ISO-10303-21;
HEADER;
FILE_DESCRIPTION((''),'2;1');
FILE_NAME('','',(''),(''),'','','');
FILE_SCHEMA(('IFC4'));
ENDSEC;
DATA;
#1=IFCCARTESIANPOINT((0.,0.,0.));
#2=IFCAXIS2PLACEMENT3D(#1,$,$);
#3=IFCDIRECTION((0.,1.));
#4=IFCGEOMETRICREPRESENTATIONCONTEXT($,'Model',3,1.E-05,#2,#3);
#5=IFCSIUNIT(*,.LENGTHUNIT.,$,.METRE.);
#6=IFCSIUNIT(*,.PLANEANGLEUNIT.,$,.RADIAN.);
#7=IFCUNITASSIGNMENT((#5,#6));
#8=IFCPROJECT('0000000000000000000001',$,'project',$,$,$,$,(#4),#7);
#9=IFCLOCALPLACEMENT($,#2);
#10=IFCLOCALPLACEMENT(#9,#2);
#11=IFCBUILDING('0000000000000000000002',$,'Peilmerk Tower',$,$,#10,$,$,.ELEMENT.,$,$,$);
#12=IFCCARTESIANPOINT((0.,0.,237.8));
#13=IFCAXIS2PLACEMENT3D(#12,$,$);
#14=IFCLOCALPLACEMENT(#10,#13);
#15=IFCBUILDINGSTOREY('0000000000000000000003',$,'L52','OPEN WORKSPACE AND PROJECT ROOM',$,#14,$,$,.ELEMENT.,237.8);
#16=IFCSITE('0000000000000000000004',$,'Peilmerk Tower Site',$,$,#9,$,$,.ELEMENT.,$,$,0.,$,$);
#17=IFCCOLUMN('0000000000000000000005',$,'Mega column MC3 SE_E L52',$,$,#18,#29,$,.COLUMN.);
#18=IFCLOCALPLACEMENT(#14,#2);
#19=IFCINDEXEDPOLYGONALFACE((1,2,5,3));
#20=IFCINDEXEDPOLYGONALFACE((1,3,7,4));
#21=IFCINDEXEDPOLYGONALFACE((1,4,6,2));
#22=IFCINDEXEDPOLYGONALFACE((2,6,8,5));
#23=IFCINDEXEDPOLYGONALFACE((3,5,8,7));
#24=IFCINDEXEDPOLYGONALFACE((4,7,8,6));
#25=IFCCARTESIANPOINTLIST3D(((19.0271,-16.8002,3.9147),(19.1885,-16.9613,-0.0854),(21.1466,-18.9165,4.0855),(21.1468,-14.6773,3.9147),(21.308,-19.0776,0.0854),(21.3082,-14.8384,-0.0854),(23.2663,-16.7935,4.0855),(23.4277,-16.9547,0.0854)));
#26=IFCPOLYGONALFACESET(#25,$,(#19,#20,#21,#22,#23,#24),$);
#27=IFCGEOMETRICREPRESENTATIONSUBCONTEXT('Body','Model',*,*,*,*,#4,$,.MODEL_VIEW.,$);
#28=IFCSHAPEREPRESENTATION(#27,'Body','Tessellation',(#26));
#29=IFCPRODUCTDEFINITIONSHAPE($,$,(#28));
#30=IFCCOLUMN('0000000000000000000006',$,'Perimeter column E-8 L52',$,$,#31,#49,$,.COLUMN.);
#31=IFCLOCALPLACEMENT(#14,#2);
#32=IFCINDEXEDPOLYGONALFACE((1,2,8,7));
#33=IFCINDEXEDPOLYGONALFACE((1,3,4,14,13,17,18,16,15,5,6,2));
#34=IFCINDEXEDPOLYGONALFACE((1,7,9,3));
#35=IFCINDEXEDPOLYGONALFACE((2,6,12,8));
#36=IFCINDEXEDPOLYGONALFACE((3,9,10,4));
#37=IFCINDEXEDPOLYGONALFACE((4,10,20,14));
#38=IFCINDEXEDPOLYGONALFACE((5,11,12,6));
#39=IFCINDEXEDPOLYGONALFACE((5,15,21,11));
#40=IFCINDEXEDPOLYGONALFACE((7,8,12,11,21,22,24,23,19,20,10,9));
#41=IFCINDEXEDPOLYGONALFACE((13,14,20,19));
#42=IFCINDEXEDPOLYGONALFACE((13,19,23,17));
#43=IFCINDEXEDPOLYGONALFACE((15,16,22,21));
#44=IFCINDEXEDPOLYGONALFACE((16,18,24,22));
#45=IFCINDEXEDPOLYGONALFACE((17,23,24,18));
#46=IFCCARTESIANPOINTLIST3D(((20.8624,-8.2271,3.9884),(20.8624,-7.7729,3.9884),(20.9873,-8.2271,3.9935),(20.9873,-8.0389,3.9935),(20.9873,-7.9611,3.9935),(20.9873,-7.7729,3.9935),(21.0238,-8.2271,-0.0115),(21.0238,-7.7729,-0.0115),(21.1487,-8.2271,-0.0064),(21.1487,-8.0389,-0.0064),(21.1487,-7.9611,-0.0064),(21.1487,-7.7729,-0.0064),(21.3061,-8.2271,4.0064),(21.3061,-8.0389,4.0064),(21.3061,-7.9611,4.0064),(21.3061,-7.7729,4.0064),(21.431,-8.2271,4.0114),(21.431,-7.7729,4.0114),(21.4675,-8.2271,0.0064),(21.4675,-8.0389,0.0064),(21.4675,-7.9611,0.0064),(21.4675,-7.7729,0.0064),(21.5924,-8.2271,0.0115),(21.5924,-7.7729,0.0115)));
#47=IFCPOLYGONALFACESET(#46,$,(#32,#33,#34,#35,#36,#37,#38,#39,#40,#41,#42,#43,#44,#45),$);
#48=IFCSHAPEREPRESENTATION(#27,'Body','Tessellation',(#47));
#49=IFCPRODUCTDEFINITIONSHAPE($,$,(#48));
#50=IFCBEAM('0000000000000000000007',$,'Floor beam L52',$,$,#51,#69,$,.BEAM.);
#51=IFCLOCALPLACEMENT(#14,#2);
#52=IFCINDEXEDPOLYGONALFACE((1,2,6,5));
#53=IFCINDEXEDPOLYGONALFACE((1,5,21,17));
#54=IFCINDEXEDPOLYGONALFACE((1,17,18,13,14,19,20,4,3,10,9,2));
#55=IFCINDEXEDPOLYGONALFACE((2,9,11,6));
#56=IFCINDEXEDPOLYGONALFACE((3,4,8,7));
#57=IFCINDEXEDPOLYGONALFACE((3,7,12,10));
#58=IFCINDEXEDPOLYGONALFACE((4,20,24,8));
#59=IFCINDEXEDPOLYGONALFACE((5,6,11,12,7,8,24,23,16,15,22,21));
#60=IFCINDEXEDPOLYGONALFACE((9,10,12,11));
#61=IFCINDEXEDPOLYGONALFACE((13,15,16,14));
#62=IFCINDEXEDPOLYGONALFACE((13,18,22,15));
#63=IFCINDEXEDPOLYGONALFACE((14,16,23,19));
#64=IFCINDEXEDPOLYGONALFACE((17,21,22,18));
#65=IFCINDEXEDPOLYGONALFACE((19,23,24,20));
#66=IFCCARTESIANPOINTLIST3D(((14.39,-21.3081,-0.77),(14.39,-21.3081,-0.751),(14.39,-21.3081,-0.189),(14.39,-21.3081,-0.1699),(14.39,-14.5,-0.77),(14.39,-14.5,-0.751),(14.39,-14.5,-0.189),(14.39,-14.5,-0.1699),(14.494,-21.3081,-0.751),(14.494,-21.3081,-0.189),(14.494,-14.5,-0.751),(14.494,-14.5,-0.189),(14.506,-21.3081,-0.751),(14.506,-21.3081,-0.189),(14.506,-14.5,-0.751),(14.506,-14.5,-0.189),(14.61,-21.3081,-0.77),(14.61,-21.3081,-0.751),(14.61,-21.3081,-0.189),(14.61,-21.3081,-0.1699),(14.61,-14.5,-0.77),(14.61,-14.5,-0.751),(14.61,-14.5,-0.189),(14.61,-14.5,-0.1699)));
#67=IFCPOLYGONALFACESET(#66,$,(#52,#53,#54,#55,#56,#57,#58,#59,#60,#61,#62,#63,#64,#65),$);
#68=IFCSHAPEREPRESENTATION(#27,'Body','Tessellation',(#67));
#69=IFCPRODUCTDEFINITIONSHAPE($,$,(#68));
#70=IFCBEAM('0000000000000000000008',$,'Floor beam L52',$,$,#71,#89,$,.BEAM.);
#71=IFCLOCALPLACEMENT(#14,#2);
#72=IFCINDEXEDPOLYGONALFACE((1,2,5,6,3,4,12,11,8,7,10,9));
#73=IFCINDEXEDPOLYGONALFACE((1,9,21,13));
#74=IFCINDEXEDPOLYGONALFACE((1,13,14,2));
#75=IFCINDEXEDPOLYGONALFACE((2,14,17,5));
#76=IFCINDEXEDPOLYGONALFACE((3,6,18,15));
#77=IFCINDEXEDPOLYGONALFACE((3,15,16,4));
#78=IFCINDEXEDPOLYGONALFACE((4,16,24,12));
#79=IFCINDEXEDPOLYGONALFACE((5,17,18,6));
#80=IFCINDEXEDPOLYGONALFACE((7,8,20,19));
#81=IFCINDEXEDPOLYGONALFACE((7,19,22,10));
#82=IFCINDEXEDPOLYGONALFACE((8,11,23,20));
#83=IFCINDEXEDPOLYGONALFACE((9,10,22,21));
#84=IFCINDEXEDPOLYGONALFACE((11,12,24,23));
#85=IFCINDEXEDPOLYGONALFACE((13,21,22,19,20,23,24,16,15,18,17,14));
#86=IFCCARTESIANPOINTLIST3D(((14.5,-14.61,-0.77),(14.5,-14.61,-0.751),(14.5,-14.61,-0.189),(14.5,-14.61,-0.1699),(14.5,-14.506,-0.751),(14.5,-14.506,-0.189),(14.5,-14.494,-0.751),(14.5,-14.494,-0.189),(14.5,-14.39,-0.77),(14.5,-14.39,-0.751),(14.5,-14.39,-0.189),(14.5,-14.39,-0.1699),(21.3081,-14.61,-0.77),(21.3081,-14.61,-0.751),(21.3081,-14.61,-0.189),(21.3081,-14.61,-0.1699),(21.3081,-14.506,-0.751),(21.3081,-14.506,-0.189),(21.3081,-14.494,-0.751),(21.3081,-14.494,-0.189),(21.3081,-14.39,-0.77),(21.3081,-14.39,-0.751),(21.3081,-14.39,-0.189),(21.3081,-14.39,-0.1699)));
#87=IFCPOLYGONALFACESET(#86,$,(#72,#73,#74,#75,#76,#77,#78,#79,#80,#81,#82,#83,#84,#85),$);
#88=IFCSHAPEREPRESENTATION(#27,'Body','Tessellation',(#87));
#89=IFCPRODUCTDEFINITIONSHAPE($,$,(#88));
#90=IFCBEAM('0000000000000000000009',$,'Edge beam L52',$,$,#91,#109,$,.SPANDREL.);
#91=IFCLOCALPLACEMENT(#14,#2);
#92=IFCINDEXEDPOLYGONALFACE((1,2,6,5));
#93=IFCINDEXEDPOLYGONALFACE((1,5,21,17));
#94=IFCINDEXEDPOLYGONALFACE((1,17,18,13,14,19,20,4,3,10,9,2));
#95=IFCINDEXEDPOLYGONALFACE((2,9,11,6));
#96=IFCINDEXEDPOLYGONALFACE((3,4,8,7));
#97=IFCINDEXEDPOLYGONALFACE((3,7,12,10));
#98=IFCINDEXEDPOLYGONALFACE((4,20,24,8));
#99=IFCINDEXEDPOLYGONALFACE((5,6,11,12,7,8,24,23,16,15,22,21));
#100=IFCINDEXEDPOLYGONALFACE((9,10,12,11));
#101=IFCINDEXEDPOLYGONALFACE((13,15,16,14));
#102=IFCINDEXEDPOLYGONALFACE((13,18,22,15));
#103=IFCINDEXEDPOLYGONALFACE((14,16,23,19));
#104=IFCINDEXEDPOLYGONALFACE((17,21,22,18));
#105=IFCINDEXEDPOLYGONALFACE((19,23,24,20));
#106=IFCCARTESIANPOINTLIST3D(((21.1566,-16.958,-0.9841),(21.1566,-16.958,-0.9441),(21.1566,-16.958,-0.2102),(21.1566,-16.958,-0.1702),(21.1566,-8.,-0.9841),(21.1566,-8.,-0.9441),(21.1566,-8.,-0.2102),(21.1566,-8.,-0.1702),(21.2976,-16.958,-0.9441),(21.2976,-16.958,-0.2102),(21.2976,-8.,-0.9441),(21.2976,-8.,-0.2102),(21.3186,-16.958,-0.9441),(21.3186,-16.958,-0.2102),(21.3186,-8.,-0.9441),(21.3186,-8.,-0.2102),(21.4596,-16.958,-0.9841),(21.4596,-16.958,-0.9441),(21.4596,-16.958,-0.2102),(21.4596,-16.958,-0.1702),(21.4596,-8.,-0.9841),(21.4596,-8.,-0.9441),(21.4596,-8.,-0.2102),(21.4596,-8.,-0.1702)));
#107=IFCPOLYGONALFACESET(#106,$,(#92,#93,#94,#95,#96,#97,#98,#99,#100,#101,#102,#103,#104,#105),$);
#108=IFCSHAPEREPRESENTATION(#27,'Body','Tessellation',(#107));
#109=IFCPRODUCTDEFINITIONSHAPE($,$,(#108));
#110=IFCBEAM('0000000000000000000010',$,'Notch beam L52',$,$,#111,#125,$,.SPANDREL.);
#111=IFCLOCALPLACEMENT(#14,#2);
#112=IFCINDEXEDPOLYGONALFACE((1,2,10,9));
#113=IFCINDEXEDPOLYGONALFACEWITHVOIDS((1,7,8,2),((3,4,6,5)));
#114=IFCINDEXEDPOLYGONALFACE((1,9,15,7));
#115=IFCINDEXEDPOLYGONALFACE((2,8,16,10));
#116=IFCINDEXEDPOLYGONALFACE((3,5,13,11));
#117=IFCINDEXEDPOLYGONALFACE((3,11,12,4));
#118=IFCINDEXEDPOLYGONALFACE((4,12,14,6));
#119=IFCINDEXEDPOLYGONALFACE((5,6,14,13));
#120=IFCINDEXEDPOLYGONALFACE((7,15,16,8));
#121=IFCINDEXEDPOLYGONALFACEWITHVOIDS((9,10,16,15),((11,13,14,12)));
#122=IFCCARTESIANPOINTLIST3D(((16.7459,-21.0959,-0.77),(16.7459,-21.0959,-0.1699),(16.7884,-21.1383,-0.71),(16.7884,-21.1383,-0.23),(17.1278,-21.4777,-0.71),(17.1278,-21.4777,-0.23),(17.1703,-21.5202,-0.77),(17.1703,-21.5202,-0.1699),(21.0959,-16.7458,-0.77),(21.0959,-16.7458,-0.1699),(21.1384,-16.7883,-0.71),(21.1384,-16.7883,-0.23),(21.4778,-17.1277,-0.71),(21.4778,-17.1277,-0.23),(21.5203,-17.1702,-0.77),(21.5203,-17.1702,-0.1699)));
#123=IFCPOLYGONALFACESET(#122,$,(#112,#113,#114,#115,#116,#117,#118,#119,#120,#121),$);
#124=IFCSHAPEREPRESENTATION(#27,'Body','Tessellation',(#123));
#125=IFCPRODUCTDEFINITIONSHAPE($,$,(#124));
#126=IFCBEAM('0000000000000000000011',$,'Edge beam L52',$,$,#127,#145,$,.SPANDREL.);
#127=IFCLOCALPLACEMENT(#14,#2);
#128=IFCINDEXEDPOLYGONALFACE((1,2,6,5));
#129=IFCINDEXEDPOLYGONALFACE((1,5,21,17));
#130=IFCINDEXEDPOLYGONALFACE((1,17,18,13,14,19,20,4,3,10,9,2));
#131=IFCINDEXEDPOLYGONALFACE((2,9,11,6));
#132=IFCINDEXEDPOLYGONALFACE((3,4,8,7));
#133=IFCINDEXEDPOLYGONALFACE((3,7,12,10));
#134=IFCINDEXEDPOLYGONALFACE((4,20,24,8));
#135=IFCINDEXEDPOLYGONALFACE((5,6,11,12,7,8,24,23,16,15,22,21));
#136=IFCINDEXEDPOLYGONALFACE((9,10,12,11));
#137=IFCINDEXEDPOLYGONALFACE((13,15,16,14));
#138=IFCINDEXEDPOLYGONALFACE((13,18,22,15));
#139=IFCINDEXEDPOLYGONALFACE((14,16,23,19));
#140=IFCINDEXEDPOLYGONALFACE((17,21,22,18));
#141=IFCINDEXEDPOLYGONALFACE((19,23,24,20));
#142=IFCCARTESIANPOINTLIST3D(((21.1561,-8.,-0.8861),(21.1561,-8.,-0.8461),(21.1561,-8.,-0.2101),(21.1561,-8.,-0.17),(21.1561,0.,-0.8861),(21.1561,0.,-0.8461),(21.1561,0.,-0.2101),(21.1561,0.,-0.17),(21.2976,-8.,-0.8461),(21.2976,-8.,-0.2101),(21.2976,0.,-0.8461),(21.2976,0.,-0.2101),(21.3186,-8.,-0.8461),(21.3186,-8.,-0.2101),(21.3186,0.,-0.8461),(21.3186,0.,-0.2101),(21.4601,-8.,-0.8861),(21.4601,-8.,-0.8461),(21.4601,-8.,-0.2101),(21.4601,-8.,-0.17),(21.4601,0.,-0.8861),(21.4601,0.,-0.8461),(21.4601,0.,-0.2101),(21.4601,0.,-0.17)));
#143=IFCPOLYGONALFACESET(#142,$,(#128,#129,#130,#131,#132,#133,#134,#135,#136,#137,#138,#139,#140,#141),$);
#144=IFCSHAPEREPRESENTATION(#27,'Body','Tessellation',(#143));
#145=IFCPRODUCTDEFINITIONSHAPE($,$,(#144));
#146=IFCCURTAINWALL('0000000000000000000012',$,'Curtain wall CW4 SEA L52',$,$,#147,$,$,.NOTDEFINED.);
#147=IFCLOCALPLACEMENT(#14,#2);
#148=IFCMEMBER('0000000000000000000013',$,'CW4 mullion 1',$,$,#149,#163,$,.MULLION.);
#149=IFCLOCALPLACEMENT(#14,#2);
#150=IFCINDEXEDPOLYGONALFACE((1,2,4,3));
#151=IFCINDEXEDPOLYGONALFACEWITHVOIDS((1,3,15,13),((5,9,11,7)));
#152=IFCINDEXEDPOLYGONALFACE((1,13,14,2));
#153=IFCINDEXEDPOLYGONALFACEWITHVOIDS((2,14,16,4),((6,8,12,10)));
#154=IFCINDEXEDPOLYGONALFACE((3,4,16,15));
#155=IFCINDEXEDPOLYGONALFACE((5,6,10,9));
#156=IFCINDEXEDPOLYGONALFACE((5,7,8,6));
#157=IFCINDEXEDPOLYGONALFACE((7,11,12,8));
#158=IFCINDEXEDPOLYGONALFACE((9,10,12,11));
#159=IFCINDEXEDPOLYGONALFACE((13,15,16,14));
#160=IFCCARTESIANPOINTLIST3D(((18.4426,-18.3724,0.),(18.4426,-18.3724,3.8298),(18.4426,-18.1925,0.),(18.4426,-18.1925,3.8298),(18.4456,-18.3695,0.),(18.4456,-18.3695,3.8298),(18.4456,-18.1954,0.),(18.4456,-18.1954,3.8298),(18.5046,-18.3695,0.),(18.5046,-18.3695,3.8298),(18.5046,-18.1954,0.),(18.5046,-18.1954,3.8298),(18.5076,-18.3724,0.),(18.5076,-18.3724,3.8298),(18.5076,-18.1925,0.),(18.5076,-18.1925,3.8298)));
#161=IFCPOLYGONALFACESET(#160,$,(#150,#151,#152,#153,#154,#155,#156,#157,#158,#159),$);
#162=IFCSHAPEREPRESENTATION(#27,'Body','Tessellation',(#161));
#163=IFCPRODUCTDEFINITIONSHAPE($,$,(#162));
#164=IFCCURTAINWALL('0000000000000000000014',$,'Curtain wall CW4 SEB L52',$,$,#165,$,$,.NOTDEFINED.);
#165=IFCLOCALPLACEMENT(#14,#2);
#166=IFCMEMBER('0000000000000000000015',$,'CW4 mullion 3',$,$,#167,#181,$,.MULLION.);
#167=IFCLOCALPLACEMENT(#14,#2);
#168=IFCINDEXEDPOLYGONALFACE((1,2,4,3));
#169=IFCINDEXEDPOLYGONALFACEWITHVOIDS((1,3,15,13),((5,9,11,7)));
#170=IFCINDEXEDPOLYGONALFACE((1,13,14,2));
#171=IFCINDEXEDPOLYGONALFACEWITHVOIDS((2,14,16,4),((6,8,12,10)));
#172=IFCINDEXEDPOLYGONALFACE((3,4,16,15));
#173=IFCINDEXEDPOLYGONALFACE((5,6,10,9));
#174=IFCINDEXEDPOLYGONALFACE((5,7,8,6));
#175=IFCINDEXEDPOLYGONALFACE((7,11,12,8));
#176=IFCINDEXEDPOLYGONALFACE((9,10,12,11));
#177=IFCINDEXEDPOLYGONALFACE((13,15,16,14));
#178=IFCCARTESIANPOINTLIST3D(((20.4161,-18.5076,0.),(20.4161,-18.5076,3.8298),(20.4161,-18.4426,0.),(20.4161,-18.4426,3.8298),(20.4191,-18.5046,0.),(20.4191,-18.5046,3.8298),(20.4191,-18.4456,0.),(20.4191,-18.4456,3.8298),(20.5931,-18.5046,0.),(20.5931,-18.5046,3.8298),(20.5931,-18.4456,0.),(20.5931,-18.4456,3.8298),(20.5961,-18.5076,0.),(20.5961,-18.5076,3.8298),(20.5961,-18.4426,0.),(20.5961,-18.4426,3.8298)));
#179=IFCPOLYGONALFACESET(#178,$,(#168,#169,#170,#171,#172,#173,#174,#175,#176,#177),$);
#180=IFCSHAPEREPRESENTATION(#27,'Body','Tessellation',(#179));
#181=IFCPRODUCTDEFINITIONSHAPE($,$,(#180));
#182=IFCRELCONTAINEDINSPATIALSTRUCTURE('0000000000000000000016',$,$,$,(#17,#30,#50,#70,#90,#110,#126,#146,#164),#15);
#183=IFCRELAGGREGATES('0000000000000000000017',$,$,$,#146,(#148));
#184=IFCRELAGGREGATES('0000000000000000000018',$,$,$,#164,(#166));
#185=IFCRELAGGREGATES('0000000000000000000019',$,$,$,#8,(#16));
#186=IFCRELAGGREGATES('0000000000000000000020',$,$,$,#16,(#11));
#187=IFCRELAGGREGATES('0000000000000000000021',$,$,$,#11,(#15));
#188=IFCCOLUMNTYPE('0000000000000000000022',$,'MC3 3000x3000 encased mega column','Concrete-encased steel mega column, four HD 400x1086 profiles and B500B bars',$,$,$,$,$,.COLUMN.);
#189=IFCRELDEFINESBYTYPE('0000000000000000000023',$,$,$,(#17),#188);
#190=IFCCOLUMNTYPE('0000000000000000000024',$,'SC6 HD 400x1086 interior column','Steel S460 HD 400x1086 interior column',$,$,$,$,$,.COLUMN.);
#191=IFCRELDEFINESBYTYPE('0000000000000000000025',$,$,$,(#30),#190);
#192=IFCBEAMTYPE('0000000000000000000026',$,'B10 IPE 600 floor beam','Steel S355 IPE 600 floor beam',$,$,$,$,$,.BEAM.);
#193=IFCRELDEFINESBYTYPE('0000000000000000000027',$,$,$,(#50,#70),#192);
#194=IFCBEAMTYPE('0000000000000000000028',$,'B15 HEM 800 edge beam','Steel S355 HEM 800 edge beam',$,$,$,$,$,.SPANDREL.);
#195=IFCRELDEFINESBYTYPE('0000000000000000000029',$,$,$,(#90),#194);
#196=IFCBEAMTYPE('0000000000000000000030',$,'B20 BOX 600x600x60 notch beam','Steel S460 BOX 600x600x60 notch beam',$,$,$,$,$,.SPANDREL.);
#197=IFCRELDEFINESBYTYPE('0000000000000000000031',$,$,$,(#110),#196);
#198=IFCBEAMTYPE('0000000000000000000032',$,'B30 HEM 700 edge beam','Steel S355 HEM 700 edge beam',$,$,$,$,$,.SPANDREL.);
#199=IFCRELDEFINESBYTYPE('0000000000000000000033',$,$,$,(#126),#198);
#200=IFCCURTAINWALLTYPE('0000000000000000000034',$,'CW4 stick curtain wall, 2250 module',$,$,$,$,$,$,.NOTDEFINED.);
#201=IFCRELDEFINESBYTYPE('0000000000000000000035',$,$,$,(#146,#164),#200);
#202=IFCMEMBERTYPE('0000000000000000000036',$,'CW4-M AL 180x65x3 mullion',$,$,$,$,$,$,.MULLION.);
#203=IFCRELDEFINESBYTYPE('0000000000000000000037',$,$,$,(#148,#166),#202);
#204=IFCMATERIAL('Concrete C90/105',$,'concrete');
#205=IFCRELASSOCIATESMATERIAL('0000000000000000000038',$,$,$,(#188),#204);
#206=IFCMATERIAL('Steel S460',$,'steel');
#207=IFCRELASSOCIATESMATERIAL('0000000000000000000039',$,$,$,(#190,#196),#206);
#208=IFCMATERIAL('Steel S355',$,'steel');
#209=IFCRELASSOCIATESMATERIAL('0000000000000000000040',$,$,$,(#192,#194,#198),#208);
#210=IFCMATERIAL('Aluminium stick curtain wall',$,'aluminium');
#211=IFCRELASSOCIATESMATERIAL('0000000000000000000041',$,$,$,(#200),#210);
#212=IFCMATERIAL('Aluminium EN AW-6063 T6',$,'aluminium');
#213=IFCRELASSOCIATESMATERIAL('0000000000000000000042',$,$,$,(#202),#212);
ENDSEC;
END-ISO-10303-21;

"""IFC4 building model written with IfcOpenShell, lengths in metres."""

from ifc_helpers import new_model, si_unit, direction, frame, origin, origin_2d, place, context, subcontext, project, spatial, rectangle, hollow_rectangle, i_section, extrude, material, material_profile, profile_set, type_object, element, aggregate, save


model = new_model("IFC4")

# Units and contexts
model_context = context("Model", 3, precision=1e-05, world=origin(), true_north=direction((0.0, 1.0)))
body_context = subcontext(model_context, "Body", "Model", "MODEL_VIEW")
ifc_project = project(units=[si_unit("LENGTHUNIT", "METRE"), si_unit("PLANEANGLEUNIT", "RADIAN")], contexts=[model_context])

# Site, building, storey
site_placement = place(None, origin())
site = spatial("IfcSite", under=ifc_project, at=site_placement, Name="Peilmerk Tower Site", CompositionType="ELEMENT", RefElevation=0.0)
building_placement = place(site_placement, origin())
building = spatial("IfcBuilding", under=site, at=building_placement, Name="Peilmerk Tower", CompositionType="ELEMENT")
storey_placement = place(building_placement, frame((0.0, 0.0, 237.8)))
storey = spatial("IfcBuildingStorey", under=building, at=storey_placement, Name="L52", Description="OPEN WORKSPACE AND PROJECT ROOM", CompositionType="ELEMENT", Elevation=237.8)

# Columns
ifc_material_1 = material(Name="Concrete C90/105", Category="concrete")
ifc_material_profile_1 = material_profile(ifc_material_1, rectangle(XDim=3.0, YDim=3.0, at=origin_2d()), Name="RC 3000x3000")
ifc_profile_set_1 = profile_set([ifc_material_profile_1], Name="Concrete C90/105")
column_type_1 = type_object("IfcColumnType", Name="MC3 3000x3000 encased mega column", Description="Concrete-encased steel mega column, four HD 400x1086 profiles and B500B bars", PredefinedType="COLUMN", material=ifc_profile_set_1)
column_1_placement = place(storey_placement, frame((21.3081, -16.958, 0.0), z_axis=(-0.040279, 0.040218, 0.998379), x_axis=(-0.706571, -0.707642, 0.0)))
element("IfcColumn", 1, at=column_1_placement, inside=storey, type_object=column_type_1, Name="Mega column MC3 SE_E L52", PredefinedType="COLUMN", context=body_context, shape_type="SweptSolid", body=[
    extrude(rectangle(XDim=3.0, YDim=3.0, at=origin_2d()), origin(), (0.0, 0.0, 1.0), 4.0066),
])
ifc_material_2 = material(Name="Steel S460", Category="steel")
ifc_material_profile_2 = material_profile(ifc_material_2, i_section(OverallWidth=0.4541, OverallDepth=0.5691, WebThickness=0.0779, FlangeThickness=0.125, at=origin_2d()), Name="HD 400x1086")
ifc_profile_set_2 = profile_set([ifc_material_profile_2], Name="Steel S460")
column_type_2 = type_object("IfcColumnType", Name="SC6 HD 400x1086 interior column", Description="Steel S460 HD 400x1086 interior column", PredefinedType="COLUMN", material=ifc_profile_set_2)
column_2_placement = place(storey_placement, frame((21.3081, -8.0, 0.0), z_axis=(-0.040311, 0.0, 0.999187), x_axis=(0.0, -1.0, 0.0)))
element("IfcColumn", 2, at=column_2_placement, inside=storey, type_object=column_type_2, Name="Perimeter column E-8 L52", PredefinedType="COLUMN", context=body_context, shape_type="SweptSolid", body=[
    extrude(i_section(OverallWidth=0.4541, OverallDepth=0.5691, WebThickness=0.0779, FlangeThickness=0.125, at=origin_2d()), origin(), (0.0, 0.0, 1.0), 4.0032),
])

# Beams
ifc_material_3 = material(Name="Steel S355", Category="steel")
ifc_material_profile_3 = material_profile(ifc_material_3, i_section(OverallWidth=0.22, OverallDepth=0.6001, WebThickness=0.012, FlangeThickness=0.019, at=origin_2d()), Name="IPE 600")
ifc_profile_set_3 = profile_set([ifc_material_profile_3], Name="Steel S355")
beam_type_1 = type_object("IfcBeamType", Name="B10 IPE 600 floor beam", Description="Steel S355 IPE 600 floor beam", PredefinedType="BEAM", material=ifc_profile_set_3)
for number, where, z_axis, x_axis, name in (
    (3, (14.5, -14.5, -0.47), (0.0, -1.0, 0.0), (1.0, 0.0, 0.0), "Floor beam L52"),
    (4, (14.5, -14.5, -0.47), (1.0, 0.0, 0.0), (0.0, 1.0, 0.0), "Floor beam L52"),
):
    element("IfcBeam", number, at=place(storey_placement, frame(where, z_axis=z_axis, x_axis=x_axis)), inside=storey, type_object=beam_type_1, Name=name, PredefinedType="BEAM", context=body_context, shape_type="SweptSolid", body=[
        extrude(i_section(OverallWidth=0.22, OverallDepth=0.6001, WebThickness=0.012, FlangeThickness=0.019, at=origin_2d()), origin(), (0.0, 0.0, 1.0), 6.8081),
    ])
ifc_material_profile_4 = material_profile(ifc_material_3, i_section(OverallWidth=0.303, OverallDepth=0.814, WebThickness=0.021, FlangeThickness=0.04, at=origin_2d()), Name="HEM 800")
ifc_profile_set_4 = profile_set([ifc_material_profile_4], Name="Steel S355")
beam_type_2 = type_object("IfcBeamType", Name="B15 HEM 800 edge beam", Description="Steel S355 HEM 800 edge beam", PredefinedType="SPANDREL", material=ifc_profile_set_4)
beam_1_placement = place(storey_placement, frame((21.3081, -16.958, -0.5771), z_axis=(0.0, 1.0, 0.0), x_axis=(-1.0, 0.0, 0.0)))
element("IfcBeam", 5, at=beam_1_placement, inside=storey, type_object=beam_type_2, Name="Edge beam L52", PredefinedType="SPANDREL", context=body_context, shape_type="SweptSolid", body=[
    extrude(i_section(OverallWidth=0.303, OverallDepth=0.814, WebThickness=0.021, FlangeThickness=0.04, at=origin_2d()), origin(), (0.0, 0.0, 1.0), 8.958),
])
ifc_material_profile_5 = material_profile(ifc_material_2, hollow_rectangle(XDim=0.6001, YDim=0.6001, WallThickness=0.0601, at=origin_2d()), Name="BOX 600x600x60")
ifc_profile_set_5 = profile_set([ifc_material_profile_5], Name="Steel S460")
beam_type_3 = type_object("IfcBeamType", Name="B20 BOX 600x600x60 notch beam", Description="Steel S460 BOX 600x600x60 notch beam", PredefinedType="SPANDREL", material=ifc_profile_set_5)
beam_2_placement = place(storey_placement, frame((21.3081, -16.958, -0.47), z_axis=(-0.707107, -0.707107, 0.0), x_axis=(0.707107, -0.707107, 0.0)))
element("IfcBeam", 6, at=beam_2_placement, inside=storey, type_object=beam_type_3, Name="Notch beam L52", PredefinedType="SPANDREL", context=body_context, shape_type="SweptSolid", body=[
    extrude(hollow_rectangle(XDim=0.6001, YDim=0.6001, WallThickness=0.0601, at=origin_2d()), origin(), (0.0, 0.0, 1.0), 6.1519),
])
ifc_material_profile_6 = material_profile(ifc_material_3, i_section(OverallWidth=0.304, OverallDepth=0.7161, WebThickness=0.021, FlangeThickness=0.04, at=origin_2d()), Name="HEM 700")
ifc_profile_set_6 = profile_set([ifc_material_profile_6], Name="Steel S355")
beam_type_4 = type_object("IfcBeamType", Name="B30 HEM 700 edge beam", Description="Steel S355 HEM 700 edge beam", PredefinedType="SPANDREL", material=ifc_profile_set_6)
beam_3_placement = place(storey_placement, frame((21.3081, -8.0, -0.5281), z_axis=(0.0, 1.0, 0.0), x_axis=(-1.0, 0.0, 0.0)))
element("IfcBeam", 7, at=beam_3_placement, inside=storey, type_object=beam_type_4, Name="Edge beam L52", PredefinedType="SPANDREL", context=body_context, shape_type="SweptSolid", body=[
    extrude(i_section(OverallWidth=0.304, OverallDepth=0.7161, WebThickness=0.021, FlangeThickness=0.04, at=origin_2d()), origin(), (0.0, 0.0, 1.0), 8.0),
])

# Curtain walls, members
ifc_material_4 = material(Name="Aluminium stick curtain wall", Category="aluminium")
curtain_wall_type = type_object("IfcCurtainWallType", Name="CW4 stick curtain wall, 2250 module", PredefinedType="NOTDEFINED", material=ifc_material_4)
curtain_wall_1_placement = place(storey_placement, origin())
curtain_wall_1 = element("IfcCurtainWall", 8, at=curtain_wall_1_placement, inside=storey, type_object=curtain_wall_type, Name="Curtain wall CW4 SEA L52", PredefinedType="NOTDEFINED")
ifc_material_5 = material(Name="Aluminium EN AW-6063 T6", Category="aluminium")
ifc_material_profile_7 = material_profile(ifc_material_5, hollow_rectangle(XDim=0.0649, YDim=0.1799, WallThickness=0.0029, at=origin_2d()), Name="AL 180x65x3")
ifc_profile_set_7 = profile_set([ifc_material_profile_7], Name="Aluminium EN AW-6063 T6")
member_type_1 = type_object("IfcMemberType", Name="CW4-M AL 180x65x3 mullion", PredefinedType="MULLION", material=ifc_profile_set_7)
member_1_placement = place(storey_placement, frame((18.4751, -18.2825, 0.0), z_axis=(0.0, 0.0, 1.0), x_axis=(1.0, 0.0, 0.0)))
member_1 = element("IfcMember", 9, at=member_1_placement, type_object=member_type_1, Name="CW4 mullion 1", PredefinedType="MULLION", context=body_context, shape_type="SweptSolid", body=[
    extrude(hollow_rectangle(XDim=0.0649, YDim=0.1799, WallThickness=0.0029, at=origin_2d()), origin(), (0.0, 0.0, 1.0), 3.8298),
])
curtain_wall_2_placement = place(storey_placement, origin())
curtain_wall_2 = element("IfcCurtainWall", 10, at=curtain_wall_2_placement, inside=storey, type_object=curtain_wall_type, Name="Curtain wall CW4 SEB L52", PredefinedType="NOTDEFINED")
member_2_placement = place(storey_placement, frame((20.5061, -18.4751, 0.0), z_axis=(0.0, 0.0, 1.0), x_axis=(0.0, 1.0, 0.0)))
member_2 = element("IfcMember", 11, at=member_2_placement, type_object=member_type_1, Name="CW4 mullion 3", PredefinedType="MULLION", context=body_context, shape_type="SweptSolid", body=[
    extrude(hollow_rectangle(XDim=0.0649, YDim=0.1799, WallThickness=0.0029, at=origin_2d()), origin(), (0.0, 0.0, 1.0), 3.8298),
])

aggregate(curtain_wall_1, [member_1])

aggregate(curtain_wall_2, [member_2])

save(model, "model.ifc")
